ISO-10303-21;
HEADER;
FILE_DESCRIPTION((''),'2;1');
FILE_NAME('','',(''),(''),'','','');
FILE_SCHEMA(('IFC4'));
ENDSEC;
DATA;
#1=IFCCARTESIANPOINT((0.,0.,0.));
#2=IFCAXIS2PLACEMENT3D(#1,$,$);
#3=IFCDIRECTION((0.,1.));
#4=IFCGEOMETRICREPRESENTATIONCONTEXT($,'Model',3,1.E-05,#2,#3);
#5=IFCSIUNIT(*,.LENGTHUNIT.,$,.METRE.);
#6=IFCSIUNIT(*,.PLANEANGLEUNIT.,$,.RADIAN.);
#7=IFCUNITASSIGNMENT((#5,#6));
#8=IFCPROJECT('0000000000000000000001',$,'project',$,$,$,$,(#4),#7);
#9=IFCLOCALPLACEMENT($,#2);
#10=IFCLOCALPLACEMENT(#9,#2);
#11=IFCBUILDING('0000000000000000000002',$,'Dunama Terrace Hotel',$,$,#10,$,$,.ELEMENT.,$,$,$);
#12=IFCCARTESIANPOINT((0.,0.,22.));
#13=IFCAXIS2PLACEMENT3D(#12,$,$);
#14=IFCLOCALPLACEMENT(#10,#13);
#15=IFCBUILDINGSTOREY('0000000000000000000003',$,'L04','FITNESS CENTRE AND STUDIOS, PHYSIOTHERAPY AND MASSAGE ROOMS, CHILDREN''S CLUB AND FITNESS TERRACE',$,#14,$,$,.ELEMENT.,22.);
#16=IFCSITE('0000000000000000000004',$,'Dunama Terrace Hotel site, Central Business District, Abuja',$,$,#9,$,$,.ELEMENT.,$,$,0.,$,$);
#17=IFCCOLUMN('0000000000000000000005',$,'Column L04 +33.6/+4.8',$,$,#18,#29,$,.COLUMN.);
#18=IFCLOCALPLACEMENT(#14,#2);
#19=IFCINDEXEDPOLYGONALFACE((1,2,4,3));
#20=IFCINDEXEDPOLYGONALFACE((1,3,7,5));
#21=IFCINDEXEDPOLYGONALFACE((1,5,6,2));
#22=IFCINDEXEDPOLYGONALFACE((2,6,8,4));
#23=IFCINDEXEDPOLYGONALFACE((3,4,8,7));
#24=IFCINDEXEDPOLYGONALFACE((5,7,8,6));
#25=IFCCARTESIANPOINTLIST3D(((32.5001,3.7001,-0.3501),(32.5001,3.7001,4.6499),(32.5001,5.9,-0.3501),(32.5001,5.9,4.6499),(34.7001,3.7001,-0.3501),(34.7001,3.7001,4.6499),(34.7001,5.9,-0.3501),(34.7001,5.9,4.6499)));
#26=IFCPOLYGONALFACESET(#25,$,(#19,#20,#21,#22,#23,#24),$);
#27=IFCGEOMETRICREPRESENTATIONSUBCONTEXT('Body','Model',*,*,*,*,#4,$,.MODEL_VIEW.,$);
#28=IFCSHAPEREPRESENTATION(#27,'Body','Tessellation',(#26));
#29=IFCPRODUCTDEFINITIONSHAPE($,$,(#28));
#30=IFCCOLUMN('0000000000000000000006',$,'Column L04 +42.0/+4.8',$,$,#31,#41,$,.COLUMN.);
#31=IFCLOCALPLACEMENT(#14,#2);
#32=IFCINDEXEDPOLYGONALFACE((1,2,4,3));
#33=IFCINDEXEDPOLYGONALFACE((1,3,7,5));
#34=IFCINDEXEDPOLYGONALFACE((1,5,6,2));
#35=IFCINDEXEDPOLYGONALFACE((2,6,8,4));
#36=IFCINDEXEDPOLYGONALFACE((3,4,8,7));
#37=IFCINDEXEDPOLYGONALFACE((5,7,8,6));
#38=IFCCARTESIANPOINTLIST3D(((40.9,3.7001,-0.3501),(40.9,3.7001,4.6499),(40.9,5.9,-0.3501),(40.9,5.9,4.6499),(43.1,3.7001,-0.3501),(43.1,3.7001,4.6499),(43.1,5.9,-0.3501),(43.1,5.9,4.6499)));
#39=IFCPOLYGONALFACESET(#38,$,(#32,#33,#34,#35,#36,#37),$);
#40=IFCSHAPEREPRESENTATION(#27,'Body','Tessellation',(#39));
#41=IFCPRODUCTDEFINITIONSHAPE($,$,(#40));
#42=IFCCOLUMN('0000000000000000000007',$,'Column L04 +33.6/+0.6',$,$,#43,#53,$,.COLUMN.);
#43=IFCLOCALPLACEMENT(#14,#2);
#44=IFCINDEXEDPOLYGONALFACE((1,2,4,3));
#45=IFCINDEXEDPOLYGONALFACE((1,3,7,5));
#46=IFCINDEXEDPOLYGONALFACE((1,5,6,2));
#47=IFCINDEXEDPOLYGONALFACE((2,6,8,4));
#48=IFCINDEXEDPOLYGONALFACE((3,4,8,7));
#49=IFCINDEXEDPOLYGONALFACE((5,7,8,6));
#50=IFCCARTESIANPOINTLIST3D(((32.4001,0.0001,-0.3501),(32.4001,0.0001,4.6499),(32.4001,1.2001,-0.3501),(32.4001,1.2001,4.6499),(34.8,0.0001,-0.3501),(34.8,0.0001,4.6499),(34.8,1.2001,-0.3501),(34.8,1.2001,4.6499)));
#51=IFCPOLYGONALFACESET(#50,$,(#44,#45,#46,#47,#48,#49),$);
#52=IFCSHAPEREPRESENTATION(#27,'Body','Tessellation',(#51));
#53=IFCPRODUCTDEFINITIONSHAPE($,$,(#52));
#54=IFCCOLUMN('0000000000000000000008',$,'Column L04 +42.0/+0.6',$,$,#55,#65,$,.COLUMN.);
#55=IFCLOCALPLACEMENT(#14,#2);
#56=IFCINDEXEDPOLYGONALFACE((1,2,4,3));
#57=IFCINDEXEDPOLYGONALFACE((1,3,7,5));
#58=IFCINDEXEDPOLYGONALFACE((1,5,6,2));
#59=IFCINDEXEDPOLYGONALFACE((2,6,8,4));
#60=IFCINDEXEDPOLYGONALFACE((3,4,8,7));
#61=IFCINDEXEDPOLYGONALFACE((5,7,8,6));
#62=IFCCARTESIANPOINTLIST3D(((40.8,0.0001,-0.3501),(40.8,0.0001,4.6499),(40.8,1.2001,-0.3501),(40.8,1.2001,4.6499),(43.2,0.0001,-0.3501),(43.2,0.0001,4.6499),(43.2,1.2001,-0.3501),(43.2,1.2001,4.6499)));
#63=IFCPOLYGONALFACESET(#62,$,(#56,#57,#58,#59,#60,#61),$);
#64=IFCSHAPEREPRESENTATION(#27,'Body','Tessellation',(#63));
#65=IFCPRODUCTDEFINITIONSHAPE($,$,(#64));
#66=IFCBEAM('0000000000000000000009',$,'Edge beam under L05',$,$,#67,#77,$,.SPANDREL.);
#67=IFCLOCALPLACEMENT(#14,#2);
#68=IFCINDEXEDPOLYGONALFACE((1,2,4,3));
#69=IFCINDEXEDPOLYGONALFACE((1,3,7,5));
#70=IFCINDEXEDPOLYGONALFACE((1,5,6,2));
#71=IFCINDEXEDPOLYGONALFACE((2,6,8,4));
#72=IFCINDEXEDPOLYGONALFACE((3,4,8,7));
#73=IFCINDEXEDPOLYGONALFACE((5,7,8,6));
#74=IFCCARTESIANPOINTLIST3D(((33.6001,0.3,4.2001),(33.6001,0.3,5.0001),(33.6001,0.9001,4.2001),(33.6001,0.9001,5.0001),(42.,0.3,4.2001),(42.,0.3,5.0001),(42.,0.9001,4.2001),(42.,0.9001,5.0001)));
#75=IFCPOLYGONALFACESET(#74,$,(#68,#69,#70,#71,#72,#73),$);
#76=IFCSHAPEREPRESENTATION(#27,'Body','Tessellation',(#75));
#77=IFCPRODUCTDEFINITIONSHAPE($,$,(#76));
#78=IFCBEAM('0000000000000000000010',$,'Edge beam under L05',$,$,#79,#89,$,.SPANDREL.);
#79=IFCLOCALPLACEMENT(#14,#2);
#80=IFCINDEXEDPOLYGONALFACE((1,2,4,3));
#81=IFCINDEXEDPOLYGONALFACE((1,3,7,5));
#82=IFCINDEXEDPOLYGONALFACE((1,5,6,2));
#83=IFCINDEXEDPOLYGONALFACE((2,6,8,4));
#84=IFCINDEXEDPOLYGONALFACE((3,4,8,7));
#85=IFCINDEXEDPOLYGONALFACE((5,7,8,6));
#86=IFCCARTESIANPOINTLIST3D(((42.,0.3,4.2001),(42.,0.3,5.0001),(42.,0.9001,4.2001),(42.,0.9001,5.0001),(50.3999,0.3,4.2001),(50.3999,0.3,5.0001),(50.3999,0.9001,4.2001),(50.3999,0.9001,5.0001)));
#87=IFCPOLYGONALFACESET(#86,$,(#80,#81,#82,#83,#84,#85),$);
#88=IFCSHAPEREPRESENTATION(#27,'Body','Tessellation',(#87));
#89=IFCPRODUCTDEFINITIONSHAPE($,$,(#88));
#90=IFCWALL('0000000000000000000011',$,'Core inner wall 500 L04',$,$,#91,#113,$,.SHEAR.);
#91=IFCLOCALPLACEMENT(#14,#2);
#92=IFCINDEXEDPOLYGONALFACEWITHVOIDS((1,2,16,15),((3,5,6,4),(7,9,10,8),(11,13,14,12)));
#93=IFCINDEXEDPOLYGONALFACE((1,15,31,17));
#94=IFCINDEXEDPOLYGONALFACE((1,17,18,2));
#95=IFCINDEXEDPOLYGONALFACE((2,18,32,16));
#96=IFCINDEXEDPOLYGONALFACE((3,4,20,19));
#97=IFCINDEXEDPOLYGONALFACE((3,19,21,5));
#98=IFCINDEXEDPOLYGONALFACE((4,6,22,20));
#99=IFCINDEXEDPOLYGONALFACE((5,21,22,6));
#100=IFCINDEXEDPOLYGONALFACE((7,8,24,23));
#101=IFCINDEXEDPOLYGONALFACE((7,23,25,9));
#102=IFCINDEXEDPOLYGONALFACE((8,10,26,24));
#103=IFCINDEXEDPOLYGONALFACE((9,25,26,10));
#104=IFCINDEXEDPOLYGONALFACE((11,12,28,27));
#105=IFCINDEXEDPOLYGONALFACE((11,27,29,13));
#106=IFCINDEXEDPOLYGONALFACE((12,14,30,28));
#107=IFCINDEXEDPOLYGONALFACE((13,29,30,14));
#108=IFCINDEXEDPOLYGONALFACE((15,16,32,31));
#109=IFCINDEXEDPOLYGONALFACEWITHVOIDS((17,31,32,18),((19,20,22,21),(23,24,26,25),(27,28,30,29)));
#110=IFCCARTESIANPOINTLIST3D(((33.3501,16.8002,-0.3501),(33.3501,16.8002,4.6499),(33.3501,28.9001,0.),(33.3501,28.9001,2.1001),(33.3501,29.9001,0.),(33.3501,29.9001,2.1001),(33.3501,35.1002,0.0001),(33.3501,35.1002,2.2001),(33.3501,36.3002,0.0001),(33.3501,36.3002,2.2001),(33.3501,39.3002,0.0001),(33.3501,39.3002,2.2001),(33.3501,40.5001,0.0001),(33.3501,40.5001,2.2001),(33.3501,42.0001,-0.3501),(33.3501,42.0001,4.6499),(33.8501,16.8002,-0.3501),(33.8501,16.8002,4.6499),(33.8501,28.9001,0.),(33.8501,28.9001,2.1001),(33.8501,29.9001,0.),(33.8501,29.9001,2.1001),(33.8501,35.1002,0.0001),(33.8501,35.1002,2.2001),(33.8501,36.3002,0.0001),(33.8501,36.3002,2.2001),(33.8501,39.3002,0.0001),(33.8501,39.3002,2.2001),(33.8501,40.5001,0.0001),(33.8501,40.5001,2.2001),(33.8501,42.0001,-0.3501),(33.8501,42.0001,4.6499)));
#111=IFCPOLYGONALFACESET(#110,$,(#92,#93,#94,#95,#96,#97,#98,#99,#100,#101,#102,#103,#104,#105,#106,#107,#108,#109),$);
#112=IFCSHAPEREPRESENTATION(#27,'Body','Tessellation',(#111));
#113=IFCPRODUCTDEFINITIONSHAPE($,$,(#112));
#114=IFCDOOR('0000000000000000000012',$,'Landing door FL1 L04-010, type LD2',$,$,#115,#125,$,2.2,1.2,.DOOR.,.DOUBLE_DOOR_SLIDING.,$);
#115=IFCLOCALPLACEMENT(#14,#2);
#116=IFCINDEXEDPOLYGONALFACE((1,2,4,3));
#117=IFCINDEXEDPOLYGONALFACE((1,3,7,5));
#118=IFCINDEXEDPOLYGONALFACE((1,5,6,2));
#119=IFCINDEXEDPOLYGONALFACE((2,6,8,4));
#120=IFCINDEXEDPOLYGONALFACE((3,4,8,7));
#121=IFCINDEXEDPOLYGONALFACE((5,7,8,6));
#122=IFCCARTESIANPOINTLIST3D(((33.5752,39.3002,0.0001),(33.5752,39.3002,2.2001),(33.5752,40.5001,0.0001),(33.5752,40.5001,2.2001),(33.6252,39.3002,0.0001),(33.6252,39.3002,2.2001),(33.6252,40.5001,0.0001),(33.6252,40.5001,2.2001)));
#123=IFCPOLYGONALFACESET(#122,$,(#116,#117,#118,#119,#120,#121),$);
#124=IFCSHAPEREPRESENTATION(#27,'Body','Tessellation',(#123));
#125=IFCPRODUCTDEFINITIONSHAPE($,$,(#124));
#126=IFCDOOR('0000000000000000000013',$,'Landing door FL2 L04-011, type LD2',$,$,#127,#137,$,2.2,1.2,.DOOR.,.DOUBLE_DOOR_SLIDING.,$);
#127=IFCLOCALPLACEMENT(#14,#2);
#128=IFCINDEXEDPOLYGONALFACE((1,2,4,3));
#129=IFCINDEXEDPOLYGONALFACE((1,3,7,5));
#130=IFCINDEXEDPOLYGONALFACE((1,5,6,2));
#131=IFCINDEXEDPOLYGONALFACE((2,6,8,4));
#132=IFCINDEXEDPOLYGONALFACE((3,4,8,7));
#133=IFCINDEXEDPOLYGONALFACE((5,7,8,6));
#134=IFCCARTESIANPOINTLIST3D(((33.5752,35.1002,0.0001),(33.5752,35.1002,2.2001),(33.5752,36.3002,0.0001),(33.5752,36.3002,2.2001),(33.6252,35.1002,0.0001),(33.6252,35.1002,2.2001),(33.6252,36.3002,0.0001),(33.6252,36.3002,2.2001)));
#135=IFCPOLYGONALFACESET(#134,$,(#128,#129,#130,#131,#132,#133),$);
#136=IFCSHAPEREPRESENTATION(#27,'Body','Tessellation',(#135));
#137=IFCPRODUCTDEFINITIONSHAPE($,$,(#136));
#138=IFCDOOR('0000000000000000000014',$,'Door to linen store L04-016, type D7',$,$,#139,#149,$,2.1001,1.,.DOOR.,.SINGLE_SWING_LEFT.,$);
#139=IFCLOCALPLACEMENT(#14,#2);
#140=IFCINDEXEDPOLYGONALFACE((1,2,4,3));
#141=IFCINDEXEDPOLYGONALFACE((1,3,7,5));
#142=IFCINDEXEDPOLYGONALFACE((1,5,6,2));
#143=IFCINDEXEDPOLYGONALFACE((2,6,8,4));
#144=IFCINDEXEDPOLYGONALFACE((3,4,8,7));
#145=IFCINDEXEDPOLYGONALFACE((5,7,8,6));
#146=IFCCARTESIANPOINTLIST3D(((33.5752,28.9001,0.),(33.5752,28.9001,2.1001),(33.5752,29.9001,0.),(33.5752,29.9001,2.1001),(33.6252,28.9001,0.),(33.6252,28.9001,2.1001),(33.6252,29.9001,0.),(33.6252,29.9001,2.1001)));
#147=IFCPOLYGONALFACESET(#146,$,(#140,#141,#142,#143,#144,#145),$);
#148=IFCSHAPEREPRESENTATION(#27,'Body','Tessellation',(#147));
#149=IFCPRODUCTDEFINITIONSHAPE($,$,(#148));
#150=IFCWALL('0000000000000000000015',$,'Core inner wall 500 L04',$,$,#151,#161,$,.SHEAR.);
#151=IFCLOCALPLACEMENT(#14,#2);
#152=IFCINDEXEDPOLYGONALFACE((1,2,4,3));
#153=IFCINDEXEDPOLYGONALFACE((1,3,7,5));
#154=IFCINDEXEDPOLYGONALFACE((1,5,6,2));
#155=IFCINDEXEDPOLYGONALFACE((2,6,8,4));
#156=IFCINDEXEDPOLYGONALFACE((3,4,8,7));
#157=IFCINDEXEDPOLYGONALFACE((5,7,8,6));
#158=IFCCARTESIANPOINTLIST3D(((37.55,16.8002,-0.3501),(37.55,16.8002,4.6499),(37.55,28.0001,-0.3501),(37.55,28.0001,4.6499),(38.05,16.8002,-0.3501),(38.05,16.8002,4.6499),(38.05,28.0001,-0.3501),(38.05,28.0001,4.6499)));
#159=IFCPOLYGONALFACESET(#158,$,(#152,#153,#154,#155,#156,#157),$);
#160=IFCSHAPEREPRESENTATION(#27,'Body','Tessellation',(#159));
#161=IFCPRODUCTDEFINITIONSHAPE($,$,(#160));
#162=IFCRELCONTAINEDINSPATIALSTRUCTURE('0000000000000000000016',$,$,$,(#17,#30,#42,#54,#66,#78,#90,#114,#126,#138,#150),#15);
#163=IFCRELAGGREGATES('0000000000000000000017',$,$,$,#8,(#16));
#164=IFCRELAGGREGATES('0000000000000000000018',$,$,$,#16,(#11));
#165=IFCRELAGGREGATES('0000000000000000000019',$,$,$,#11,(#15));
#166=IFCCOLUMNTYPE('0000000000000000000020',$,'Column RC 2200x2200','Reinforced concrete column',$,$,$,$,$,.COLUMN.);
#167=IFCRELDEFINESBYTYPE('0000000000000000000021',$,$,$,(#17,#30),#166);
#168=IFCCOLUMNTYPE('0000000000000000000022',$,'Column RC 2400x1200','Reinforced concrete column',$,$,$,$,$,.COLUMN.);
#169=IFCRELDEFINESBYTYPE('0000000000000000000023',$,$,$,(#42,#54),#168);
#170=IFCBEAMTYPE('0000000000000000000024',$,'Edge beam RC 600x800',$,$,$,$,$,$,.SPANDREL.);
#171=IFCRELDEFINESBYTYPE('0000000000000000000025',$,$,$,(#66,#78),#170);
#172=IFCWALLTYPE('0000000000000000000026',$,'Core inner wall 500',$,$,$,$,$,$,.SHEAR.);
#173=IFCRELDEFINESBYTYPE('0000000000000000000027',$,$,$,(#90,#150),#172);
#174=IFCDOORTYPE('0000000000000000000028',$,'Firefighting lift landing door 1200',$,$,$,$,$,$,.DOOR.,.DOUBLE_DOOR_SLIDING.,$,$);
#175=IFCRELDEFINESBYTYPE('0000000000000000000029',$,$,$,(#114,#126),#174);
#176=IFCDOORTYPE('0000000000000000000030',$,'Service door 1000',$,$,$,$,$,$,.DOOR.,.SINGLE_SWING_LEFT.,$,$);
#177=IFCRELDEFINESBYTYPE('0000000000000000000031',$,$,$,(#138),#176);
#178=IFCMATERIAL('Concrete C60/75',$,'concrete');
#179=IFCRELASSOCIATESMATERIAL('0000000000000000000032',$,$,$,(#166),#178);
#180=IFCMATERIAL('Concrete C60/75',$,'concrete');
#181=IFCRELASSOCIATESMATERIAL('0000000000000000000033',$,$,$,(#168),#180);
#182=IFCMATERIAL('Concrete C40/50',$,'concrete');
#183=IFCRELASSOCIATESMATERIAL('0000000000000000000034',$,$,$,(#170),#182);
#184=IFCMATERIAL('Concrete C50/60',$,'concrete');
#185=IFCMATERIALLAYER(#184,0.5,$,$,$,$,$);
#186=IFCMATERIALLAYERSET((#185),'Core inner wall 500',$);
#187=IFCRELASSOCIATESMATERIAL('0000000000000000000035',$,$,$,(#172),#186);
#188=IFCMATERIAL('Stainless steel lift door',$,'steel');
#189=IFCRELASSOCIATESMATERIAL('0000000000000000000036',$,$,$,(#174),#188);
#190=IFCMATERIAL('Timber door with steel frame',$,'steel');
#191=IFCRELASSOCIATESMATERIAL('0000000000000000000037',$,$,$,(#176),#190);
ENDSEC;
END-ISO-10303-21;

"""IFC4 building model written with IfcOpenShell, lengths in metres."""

from ifc_helpers import new_model, si_unit, direction, frame, frame_2d, origin, origin_2d, place, context, subcontext, project, spatial, rectangle, extrude, material, layer, layer_set, material_profile, profile_set, type_object, element, fill, save


model = new_model("IFC4")

# Units and contexts
model_context = context("Model", 3, precision=1e-05, world=origin(), true_north=direction((0.0, 1.0)))
body_context = subcontext(model_context, "Body", "Model", "MODEL_VIEW")
ifc_project = project(units=[si_unit("LENGTHUNIT", "METRE"), si_unit("PLANEANGLEUNIT", "RADIAN")], contexts=[model_context])

# Site, building, storey
site_placement = place(None, origin())
site = spatial("IfcSite", under=ifc_project, at=site_placement, Name="Dunama Terrace Hotel site, Central Business District, Abuja", CompositionType="ELEMENT", RefElevation=0.0)
building_placement = place(site_placement, origin())
building = spatial("IfcBuilding", under=site, at=building_placement, Name="Dunama Terrace Hotel", CompositionType="ELEMENT")
storey_placement = place(building_placement, frame((0.0, 0.0, 22.0)))
storey = spatial("IfcBuildingStorey", under=building, at=storey_placement, Name="L04", Description="FITNESS CENTRE AND STUDIOS, PHYSIOTHERAPY AND MASSAGE ROOMS, CHILDREN'S CLUB AND FITNESS TERRACE", CompositionType="ELEMENT", Elevation=22.0)

# Columns
ifc_material_1 = material(Name="Concrete C60/75", Category="concrete")
ifc_material_profile_1 = material_profile(ifc_material_1, rectangle(XDim=2.2, YDim=2.2, at=origin_2d()), Name="RC 2200x2200")
ifc_profile_set_1 = profile_set([ifc_material_profile_1], Name="Concrete C60/75")
column_type_1 = type_object("IfcColumnType", Name="Column RC 2200x2200", Description="Reinforced concrete column", PredefinedType="COLUMN", material=ifc_profile_set_1)
for number, where, z_axis, x_axis, name in (
    (1, (33.6001, 4.8, -0.3501), (0.0, 0.0, 1.0), (1.0, 0.0, 0.0), "Column L04 +33.6/+4.8"),
    (2, (42.0, 4.8, -0.3501), (0.0, 0.0, 1.0), (1.0, 0.0, 0.0), "Column L04 +42.0/+4.8"),
):
    element("IfcColumn", number, at=place(storey_placement, frame(where, z_axis=z_axis, x_axis=x_axis)), inside=storey, type_object=column_type_1, Name=name, PredefinedType="COLUMN", context=body_context, shape_type="SweptSolid", body=[
        extrude(rectangle(XDim=2.2, YDim=2.2, at=origin_2d()), origin(), (0.0, 0.0, 1.0), 5.0),
    ])
ifc_material_2 = material(Name="Concrete C60/75", Category="concrete")
ifc_material_profile_2 = material_profile(ifc_material_2, rectangle(XDim=2.3999, YDim=1.2, at=origin_2d()), Name="RC 2400x1200")
ifc_profile_set_2 = profile_set([ifc_material_profile_2], Name="Concrete C60/75")
column_type_2 = type_object("IfcColumnType", Name="Column RC 2400x1200", Description="Reinforced concrete column", PredefinedType="COLUMN", material=ifc_profile_set_2)
for number, where, z_axis, x_axis, name in (
    (3, (33.6001, 0.6001, -0.3501), (0.0, 0.0, 1.0), (1.0, 0.0, 0.0), "Column L04 +33.6/+0.6"),
    (4, (42.0, 0.6001, -0.3501), (0.0, 0.0, 1.0), (1.0, 0.0, 0.0), "Column L04 +42.0/+0.6"),
):
    element("IfcColumn", number, at=place(storey_placement, frame(where, z_axis=z_axis, x_axis=x_axis)), inside=storey, type_object=column_type_2, Name=name, PredefinedType="COLUMN", context=body_context, shape_type="SweptSolid", body=[
        extrude(rectangle(XDim=2.3999, YDim=1.2, at=origin_2d()), origin(), (0.0, 0.0, 1.0), 5.0),
    ])

# Beams
ifc_material_3 = material(Name="Concrete C40/50", Category="concrete")
ifc_material_profile_3 = material_profile(ifc_material_3, rectangle(XDim=0.6001, YDim=0.8, at=origin_2d()), Name="RC 600x800")
ifc_profile_set_3 = profile_set([ifc_material_profile_3], Name="Concrete C40/50")
beam_type = type_object("IfcBeamType", Name="Edge beam RC 600x800", PredefinedType="SPANDREL", material=ifc_profile_set_3)
for number, where, z_axis, x_axis, name in (
    (5, (33.6001, 0.6001, 4.6001), (1.0, 0.0, 0.0), (0.0, 1.0, 0.0), "Edge beam under L05"),
    (6, (42.0, 0.6001, 4.6001), (1.0, 0.0, 0.0), (0.0, 1.0, 0.0), "Edge beam under L05"),
):
    element("IfcBeam", number, at=place(storey_placement, frame(where, z_axis=z_axis, x_axis=x_axis)), inside=storey, type_object=beam_type, Name=name, PredefinedType="SPANDREL", context=body_context, shape_type="SweptSolid", body=[
        extrude(rectangle(XDim=0.6001, YDim=0.8, at=origin_2d()), origin(), (0.0, 0.0, 1.0), 8.3999),
    ])

# Wall, openings, doors
ifc_material_4 = material(Name="Concrete C50/60", Category="concrete")
ifc_layer_1 = layer(ifc_material_4, 0.5)
ifc_layer_set_1 = layer_set([ifc_layer_1], Name="Core inner wall 500")
wall_type_1 = type_object("IfcWallType", Name="Core inner wall 500", PredefinedType="SHEAR", material=ifc_layer_set_1)
wall_1_placement = place(storey_placement, frame((33.6001, 16.8, -0.3501), z_axis=(0.0, 0.0, 1.0), x_axis=(0.0, 1.0, 0.0)))
wall_1 = element("IfcWall", 7, at=wall_1_placement, inside=storey, type_object=wall_type_1, Name="Core inner wall 500 L04", PredefinedType="SHEAR", context=body_context, shape_type="SweptSolid", body=[
    extrude(rectangle(XDim=25.2, YDim=0.5, at=frame_2d((12.6001, 0.0))), origin(), (0.0, 0.0, 1.0), 5.0),
])
opening_1_placement = place(wall_1_placement, frame((22.5, 0.0, 0.3501)))
opening_1 = element("IfcOpeningElement", 8, at=opening_1_placement, cuts=wall_1, PredefinedType="OPENING", context=body_context, shape_type="SweptSolid", body=[
    extrude(rectangle(XDim=1.2, YDim=2.2, at=frame_2d((0.6001, 1.1001))), frame((0.0, 0.26, 0.0), z_axis=(0.0, -1.0, 0.0), x_axis=(1.0, 0.0, 0.0)), (0.0, 0.0, 1.0), 0.52),
])
opening_2_placement = place(wall_1_placement, frame((18.3, 0.0, 0.3501)))
opening_2 = element("IfcOpeningElement", 9, at=opening_2_placement, cuts=wall_1, PredefinedType="OPENING", context=body_context, shape_type="SweptSolid", body=[
    extrude(rectangle(XDim=1.2, YDim=2.2, at=frame_2d((0.6001, 1.1001))), frame((0.0, 0.26, 0.0), z_axis=(0.0, -1.0, 0.0), x_axis=(1.0, 0.0, 0.0)), (0.0, 0.0, 1.0), 0.52),
])
opening_3_placement = place(wall_1_placement, frame((12.1001, 0.0, 0.3501)))
opening_3 = element("IfcOpeningElement", 10, at=opening_3_placement, cuts=wall_1, PredefinedType="OPENING", context=body_context, shape_type="SweptSolid", body=[
    extrude(rectangle(XDim=1.0, YDim=2.1001, at=frame_2d((0.5, 1.05))), frame((0.0, 0.26, 0.0), z_axis=(0.0, -1.0, 0.0), x_axis=(1.0, 0.0, 0.0)), (0.0, 0.0, 1.0), 0.52),
])
ifc_material_5 = material(Name="Stainless steel lift door", Category="steel")
door_type_1 = type_object("IfcDoorType", Name="Firefighting lift landing door 1200", OperationType="DOUBLE_DOOR_SLIDING", PredefinedType="DOOR", material=ifc_material_5)
door_1_placement = place(opening_1_placement, origin())
door_1 = element("IfcDoor", 11, at=door_1_placement, inside=storey, type_object=door_type_1, Name="Landing door FL1 L04-010, type LD2", OperationType="DOUBLE_DOOR_SLIDING", OverallHeight=2.2, OverallWidth=1.2, PredefinedType="DOOR", context=body_context, shape_type="SweptSolid", body=[
    extrude(rectangle(XDim=1.2, YDim=2.2, at=frame_2d((0.6001, 1.1001))), frame((0.0, 0.0249, 0.0), z_axis=(0.0, -1.0, 0.0), x_axis=(1.0, 0.0, 0.0)), (0.0, 0.0, 1.0), 0.05),
])
fill(opening_1, door_1)
door_2_placement = place(opening_2_placement, origin())
door_2 = element("IfcDoor", 12, at=door_2_placement, inside=storey, type_object=door_type_1, Name="Landing door FL2 L04-011, type LD2", OperationType="DOUBLE_DOOR_SLIDING", OverallHeight=2.2, OverallWidth=1.2, PredefinedType="DOOR", context=body_context, shape_type="SweptSolid", body=[
    extrude(rectangle(XDim=1.2, YDim=2.2, at=frame_2d((0.6001, 1.1001))), frame((0.0, 0.0249, 0.0), z_axis=(0.0, -1.0, 0.0), x_axis=(1.0, 0.0, 0.0)), (0.0, 0.0, 1.0), 0.05),
])
fill(opening_2, door_2)
ifc_material_6 = material(Name="Timber door with steel frame", Category="steel")
door_type_2 = type_object("IfcDoorType", Name="Service door 1000", OperationType="SINGLE_SWING_LEFT", PredefinedType="DOOR", material=ifc_material_6)
door_3_placement = place(opening_3_placement, origin())
door_3 = element("IfcDoor", 13, at=door_3_placement, inside=storey, type_object=door_type_2, Name="Door to linen store L04-016, type D7", OperationType="SINGLE_SWING_LEFT", OverallHeight=2.1001, OverallWidth=1.0, PredefinedType="DOOR", context=body_context, shape_type="SweptSolid", body=[
    extrude(rectangle(XDim=1.0, YDim=2.1001, at=frame_2d((0.5, 1.05))), frame((0.0, 0.0249, 0.0), z_axis=(0.0, -1.0, 0.0), x_axis=(1.0, 0.0, 0.0)), (0.0, 0.0, 1.0), 0.05),
])
fill(opening_3, door_3)

# Wall
wall_2_placement = place(storey_placement, frame((37.8, 16.8, -0.3501), z_axis=(0.0, 0.0, 1.0), x_axis=(0.0, 1.0, 0.0)))
element("IfcWall", 14, at=wall_2_placement, inside=storey, type_object=wall_type_1, Name="Core inner wall 500 L04", PredefinedType="SHEAR", context=body_context, shape_type="SweptSolid", body=[
    extrude(rectangle(XDim=11.2, YDim=0.5, at=frame_2d((5.6001, 0.0))), origin(), (0.0, 0.0, 1.0), 5.0),
])

save(model, "model.ifc")
